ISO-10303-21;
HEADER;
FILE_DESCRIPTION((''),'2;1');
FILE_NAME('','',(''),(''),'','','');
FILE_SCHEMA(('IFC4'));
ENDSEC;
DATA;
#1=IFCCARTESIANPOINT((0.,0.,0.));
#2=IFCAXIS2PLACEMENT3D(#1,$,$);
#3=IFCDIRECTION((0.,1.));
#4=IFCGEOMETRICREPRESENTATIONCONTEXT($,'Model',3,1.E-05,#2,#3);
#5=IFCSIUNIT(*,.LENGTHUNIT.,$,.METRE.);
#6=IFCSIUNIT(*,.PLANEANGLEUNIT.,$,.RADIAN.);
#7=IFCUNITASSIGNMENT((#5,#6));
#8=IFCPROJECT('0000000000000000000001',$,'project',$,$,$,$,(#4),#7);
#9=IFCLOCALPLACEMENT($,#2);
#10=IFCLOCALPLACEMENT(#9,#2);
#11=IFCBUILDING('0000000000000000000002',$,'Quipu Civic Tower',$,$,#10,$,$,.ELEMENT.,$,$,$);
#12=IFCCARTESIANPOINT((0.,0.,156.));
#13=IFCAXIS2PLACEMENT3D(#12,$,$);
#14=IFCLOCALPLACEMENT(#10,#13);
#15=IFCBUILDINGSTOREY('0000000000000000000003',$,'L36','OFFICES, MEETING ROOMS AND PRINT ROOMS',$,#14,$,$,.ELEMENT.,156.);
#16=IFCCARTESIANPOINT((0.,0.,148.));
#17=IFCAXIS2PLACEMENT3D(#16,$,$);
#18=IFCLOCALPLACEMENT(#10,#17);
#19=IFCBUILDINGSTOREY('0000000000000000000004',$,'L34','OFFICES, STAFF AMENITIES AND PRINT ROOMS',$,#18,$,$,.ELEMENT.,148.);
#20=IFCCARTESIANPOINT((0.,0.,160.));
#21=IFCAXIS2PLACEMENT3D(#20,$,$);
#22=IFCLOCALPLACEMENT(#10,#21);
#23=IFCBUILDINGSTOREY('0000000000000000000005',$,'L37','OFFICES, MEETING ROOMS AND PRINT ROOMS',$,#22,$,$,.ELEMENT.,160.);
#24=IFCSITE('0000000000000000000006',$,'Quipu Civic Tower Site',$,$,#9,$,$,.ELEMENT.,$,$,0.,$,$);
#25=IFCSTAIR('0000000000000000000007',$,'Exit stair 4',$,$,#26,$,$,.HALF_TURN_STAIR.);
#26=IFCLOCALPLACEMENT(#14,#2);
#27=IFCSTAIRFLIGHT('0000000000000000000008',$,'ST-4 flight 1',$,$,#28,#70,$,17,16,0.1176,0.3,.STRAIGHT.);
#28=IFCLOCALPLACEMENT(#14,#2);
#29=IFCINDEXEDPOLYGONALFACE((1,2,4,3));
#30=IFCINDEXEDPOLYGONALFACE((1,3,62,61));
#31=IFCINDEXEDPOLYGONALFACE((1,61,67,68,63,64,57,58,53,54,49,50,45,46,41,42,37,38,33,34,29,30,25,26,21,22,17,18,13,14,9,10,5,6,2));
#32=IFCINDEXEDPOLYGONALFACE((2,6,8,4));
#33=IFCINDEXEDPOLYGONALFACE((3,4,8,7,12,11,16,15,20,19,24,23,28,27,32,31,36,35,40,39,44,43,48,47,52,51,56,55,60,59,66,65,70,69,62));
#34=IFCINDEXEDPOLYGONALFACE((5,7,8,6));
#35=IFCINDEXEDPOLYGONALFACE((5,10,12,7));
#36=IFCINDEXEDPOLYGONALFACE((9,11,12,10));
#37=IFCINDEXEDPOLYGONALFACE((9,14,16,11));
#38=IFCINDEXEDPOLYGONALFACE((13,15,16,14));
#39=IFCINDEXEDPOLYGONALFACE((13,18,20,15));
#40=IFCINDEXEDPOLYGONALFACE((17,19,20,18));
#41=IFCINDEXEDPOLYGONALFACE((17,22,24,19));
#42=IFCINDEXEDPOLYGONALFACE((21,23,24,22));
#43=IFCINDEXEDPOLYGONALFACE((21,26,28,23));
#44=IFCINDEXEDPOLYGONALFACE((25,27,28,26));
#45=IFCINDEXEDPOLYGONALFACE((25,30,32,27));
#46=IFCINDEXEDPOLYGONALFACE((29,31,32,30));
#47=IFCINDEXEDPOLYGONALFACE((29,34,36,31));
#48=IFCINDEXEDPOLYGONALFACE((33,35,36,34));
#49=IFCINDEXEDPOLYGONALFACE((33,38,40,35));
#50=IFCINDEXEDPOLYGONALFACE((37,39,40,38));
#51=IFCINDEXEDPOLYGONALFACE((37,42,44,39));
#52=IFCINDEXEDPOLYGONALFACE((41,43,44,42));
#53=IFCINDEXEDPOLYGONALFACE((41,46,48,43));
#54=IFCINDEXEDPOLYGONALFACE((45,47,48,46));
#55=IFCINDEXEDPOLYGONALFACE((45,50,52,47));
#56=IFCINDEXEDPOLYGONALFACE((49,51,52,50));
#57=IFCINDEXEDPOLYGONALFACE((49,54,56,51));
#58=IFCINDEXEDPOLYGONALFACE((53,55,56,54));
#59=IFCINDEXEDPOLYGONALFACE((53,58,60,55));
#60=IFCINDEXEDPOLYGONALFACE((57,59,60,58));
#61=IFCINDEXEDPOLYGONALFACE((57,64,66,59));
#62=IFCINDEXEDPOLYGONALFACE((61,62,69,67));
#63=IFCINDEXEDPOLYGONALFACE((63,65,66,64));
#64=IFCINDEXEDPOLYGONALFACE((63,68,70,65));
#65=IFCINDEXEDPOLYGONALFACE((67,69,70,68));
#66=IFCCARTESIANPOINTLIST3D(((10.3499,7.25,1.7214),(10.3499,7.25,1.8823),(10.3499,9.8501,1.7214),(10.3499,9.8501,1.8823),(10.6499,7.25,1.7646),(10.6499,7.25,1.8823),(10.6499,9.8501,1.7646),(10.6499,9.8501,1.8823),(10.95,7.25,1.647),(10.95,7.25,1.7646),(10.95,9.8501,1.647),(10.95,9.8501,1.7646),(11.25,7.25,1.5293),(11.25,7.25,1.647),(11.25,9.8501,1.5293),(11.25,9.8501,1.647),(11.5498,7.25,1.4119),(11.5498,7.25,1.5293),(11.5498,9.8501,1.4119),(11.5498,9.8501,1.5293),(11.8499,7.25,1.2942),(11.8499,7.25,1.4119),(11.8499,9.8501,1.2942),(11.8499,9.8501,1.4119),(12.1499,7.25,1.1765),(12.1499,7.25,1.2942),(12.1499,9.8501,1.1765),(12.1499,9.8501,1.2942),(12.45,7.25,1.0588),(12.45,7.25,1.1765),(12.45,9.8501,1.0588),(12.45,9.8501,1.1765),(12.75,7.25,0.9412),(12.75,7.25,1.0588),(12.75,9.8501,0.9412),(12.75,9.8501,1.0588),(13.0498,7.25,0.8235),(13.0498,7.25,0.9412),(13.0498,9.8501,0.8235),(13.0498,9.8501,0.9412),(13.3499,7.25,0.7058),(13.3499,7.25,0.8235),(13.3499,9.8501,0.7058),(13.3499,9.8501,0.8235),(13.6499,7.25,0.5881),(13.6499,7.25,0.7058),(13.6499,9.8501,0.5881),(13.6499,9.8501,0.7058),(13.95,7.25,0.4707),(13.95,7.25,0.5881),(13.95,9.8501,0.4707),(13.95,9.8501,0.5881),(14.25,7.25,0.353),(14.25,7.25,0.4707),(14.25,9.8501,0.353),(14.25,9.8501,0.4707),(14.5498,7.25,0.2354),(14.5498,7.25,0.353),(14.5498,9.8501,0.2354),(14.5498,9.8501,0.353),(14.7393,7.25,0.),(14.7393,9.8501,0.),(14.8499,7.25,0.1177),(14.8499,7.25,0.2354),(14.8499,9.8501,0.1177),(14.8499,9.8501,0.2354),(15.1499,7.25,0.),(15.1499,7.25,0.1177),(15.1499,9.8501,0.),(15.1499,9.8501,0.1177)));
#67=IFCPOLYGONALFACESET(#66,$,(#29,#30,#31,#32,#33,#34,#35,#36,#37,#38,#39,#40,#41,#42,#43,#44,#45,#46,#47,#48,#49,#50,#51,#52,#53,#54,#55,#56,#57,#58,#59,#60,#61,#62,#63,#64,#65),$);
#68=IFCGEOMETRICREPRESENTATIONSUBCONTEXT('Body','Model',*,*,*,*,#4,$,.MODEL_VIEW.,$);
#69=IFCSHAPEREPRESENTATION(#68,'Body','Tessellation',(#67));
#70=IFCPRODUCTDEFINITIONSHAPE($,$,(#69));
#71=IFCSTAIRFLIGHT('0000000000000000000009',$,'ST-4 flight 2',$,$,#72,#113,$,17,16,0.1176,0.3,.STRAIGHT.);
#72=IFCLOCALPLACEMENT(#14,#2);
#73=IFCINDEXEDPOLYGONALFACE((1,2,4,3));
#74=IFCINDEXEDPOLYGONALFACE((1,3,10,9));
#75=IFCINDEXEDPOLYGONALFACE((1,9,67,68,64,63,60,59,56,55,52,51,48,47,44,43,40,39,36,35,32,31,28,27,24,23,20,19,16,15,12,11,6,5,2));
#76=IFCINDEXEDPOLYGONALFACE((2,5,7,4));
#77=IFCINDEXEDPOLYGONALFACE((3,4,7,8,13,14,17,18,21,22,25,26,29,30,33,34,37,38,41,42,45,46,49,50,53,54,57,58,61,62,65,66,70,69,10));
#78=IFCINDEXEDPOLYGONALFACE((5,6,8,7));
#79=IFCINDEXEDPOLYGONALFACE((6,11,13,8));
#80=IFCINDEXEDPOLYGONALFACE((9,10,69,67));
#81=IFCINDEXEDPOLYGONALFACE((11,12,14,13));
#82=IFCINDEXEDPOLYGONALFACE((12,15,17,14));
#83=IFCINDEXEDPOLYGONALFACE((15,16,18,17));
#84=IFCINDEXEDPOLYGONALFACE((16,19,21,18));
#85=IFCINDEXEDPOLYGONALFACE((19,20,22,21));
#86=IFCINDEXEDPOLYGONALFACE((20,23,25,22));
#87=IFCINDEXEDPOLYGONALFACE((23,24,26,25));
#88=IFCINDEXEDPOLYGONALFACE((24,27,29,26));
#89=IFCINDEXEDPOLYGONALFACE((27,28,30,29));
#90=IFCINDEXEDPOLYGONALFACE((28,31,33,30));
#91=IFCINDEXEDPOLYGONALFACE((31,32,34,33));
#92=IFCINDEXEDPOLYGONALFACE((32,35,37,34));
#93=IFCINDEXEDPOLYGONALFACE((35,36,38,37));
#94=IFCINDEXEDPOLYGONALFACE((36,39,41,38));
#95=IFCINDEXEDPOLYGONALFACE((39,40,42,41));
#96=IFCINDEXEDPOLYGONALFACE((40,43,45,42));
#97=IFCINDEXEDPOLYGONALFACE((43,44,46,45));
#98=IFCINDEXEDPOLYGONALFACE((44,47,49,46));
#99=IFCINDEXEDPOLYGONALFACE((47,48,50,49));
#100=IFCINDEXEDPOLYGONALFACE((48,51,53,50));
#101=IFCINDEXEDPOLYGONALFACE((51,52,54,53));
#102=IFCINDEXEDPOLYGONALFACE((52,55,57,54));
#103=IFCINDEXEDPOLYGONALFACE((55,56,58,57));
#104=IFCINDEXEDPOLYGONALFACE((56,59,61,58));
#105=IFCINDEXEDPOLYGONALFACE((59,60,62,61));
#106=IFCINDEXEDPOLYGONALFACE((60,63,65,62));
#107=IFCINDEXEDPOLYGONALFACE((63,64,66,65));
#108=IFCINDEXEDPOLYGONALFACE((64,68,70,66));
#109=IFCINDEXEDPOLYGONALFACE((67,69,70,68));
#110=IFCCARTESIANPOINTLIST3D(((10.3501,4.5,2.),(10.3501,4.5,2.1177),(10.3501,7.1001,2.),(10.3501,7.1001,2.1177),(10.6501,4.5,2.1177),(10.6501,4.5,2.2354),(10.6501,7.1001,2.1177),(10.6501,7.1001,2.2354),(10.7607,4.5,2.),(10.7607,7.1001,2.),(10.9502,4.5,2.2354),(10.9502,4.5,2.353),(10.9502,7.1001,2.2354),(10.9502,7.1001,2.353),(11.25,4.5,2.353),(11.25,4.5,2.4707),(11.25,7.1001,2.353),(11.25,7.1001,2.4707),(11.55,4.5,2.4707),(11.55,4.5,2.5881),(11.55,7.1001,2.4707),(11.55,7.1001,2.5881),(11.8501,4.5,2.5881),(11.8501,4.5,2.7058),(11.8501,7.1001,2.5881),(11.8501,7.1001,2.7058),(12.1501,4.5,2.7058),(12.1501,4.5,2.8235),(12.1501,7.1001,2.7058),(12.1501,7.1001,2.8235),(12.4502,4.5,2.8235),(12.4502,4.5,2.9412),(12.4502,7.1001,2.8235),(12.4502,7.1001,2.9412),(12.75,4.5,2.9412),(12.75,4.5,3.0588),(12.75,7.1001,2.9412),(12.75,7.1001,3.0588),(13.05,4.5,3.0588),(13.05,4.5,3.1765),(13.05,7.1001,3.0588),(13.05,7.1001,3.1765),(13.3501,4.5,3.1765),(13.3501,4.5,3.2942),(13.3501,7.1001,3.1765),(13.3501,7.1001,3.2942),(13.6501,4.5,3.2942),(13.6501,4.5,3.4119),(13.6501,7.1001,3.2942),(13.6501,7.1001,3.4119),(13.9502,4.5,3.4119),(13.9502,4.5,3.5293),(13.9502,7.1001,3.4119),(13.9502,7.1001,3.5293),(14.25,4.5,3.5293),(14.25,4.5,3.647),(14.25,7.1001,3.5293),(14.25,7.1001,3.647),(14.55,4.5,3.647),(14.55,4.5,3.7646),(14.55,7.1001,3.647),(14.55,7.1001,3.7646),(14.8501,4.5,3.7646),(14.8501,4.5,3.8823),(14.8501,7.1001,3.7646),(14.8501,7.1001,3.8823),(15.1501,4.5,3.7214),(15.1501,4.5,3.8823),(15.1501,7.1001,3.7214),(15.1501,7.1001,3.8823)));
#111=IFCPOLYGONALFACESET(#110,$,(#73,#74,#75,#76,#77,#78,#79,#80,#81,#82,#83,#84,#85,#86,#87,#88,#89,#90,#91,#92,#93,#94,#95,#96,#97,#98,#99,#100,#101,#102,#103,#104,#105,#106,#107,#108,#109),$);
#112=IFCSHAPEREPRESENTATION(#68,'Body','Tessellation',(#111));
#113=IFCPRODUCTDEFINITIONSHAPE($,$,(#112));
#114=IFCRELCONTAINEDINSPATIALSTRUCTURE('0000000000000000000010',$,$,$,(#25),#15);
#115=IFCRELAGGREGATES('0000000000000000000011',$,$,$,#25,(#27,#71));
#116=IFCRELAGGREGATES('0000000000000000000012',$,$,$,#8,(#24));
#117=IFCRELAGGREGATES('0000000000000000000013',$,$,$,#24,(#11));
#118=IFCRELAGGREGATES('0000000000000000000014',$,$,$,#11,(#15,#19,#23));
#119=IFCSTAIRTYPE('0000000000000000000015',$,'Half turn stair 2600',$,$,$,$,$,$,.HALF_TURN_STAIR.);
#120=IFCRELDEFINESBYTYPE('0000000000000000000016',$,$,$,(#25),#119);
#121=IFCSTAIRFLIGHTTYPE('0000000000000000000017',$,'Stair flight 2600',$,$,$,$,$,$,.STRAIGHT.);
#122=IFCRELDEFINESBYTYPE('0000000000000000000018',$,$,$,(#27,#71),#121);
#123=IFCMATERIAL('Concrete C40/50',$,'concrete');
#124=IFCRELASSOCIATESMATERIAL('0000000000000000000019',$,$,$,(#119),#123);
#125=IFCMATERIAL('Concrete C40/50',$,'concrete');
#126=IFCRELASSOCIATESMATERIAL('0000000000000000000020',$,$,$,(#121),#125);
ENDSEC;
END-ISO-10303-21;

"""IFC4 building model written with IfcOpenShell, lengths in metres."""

from ifc_helpers import new_model, si_unit, direction, frame, origin, place, context, subcontext, project, spatial, polyline, outline, extrude, material, type_object, element, aggregate, save


model = new_model("IFC4")

# Units and contexts
model_context = context("Model", 3, precision=1e-05, world=origin(), true_north=direction((0.0, 1.0)))
body_context = subcontext(model_context, "Body", "Model", "MODEL_VIEW")
ifc_project = project(units=[si_unit("LENGTHUNIT", "METRE"), si_unit("PLANEANGLEUNIT", "RADIAN")], contexts=[model_context])

# Site, building, storey
site_placement = place(None, origin())
site = spatial("IfcSite", under=ifc_project, at=site_placement, Name="Quipu Civic Tower Site", CompositionType="ELEMENT", RefElevation=0.0)
building_placement = place(site_placement, origin())
building = spatial("IfcBuilding", under=site, at=building_placement, Name="Quipu Civic Tower", CompositionType="ELEMENT")
storey_1_placement = place(building_placement, frame((0.0, 0.0, 156.0)))
storey_1 = spatial("IfcBuildingStorey", under=building, at=storey_1_placement, Name="L36", Description="OFFICES, MEETING ROOMS AND PRINT ROOMS", CompositionType="ELEMENT", Elevation=156.0)

# Shared definitions
storey_2_placement = place(building_placement, frame((0.0, 0.0, 148.0)))
storey_2 = spatial("IfcBuildingStorey", under=building, at=storey_2_placement, Name="L34", Description="OFFICES, STAFF AMENITIES AND PRINT ROOMS", CompositionType="ELEMENT", Elevation=148.0)

# Shared definitions
storey_3_placement = place(building_placement, frame((0.0, 0.0, 160.0)))
storey_3 = spatial("IfcBuildingStorey", under=building, at=storey_3_placement, Name="L37", Description="OFFICES, MEETING ROOMS AND PRINT ROOMS", CompositionType="ELEMENT", Elevation=160.0)

# Stair, stair flights
ifc_material_1 = material(Name="Concrete C40/50", Category="concrete")
stair_type = type_object("IfcStairType", Name="Half turn stair 2600", PredefinedType="HALF_TURN_STAIR", material=ifc_material_1)
stair_placement = place(storey_1_placement, origin())
stair = element("IfcStair", 1, at=stair_placement, inside=storey_1, type_object=stair_type, Name="Exit stair 4", PredefinedType="HALF_TURN_STAIR")
ifc_material_2 = material(Name="Concrete C40/50", Category="concrete")
stair_flight_type = type_object("IfcStairFlightType", Name="Stair flight 2600", PredefinedType="STRAIGHT", material=ifc_material_2)
stair_flight_1_placement = place(storey_1_placement, frame((15.1499, 8.55, 0.0), z_axis=(0.0, 0.0, 1.0), x_axis=(-1.0, 0.0, 0.0)))
stair_flight_1 = element("IfcStairFlight", 2, at=stair_flight_1_placement, type_object=stair_flight_type, Name="ST-4 flight 1", NumberOfRisers=17, NumberOfTreads=16, PredefinedType="STRAIGHT", RiserHeight=0.1176, TreadLength=0.3, context=body_context, shape_type="SweptSolid", body=[
    extrude(outline(polyline([(0.0, 0.0), (0.0, 0.1177), (0.3, 0.1177), (0.3, 0.2354), (0.6001, 0.2354), (0.6001, 0.353), (0.8999, 0.353), (0.8999, 0.4707), (1.2, 0.4707), (1.2, 0.5881), (1.5, 0.5881), (1.5, 0.7058), (1.8, 0.7058), (1.8, 0.8235), (2.1001, 0.8235), (2.1001, 0.9412), (2.3999, 0.9412), (2.3999, 1.0588), (2.7, 1.0588), (2.7, 1.1765), (3.0, 1.1765), (3.0, 1.2942), (3.3, 1.2942), (3.3, 1.4119), (3.6001, 1.4119), (3.6001, 1.5293), (3.8999, 1.5293), (3.8999, 1.647), (4.2, 1.647), (4.2, 1.7646), (4.5, 1.7646), (4.5, 1.8823), (4.8, 1.8823), (4.8, 2.0), (4.8, 1.7214), (0.4106, 0.0), (0.0, 0.0)])), frame((0.0, 1.3, 0.0), z_axis=(0.0, -1.0, 0.0), x_axis=(1.0, 0.0, 0.0)), (0.0, 0.0, 1.0), 2.6001),
])
stair_flight_2_placement = place(storey_1_placement, frame((10.3501, 5.8, 2.0), z_axis=(0.0, 0.0, 1.0), x_axis=(1.0, 0.0, 0.0)))
stair_flight_2 = element("IfcStairFlight", 3, at=stair_flight_2_placement, type_object=stair_flight_type, Name="ST-4 flight 2", NumberOfRisers=17, NumberOfTreads=16, PredefinedType="STRAIGHT", RiserHeight=0.1176, TreadLength=0.3, context=body_context, shape_type="SweptSolid", body=[
    extrude(outline(polyline([(0.0, 0.0), (0.0, 0.1177), (0.3, 0.1177), (0.3, 0.2354), (0.6001, 0.2354), (0.6001, 0.353), (0.8999, 0.353), (0.8999, 0.4707), (1.2, 0.4707), (1.2, 0.5881), (1.5, 0.5881), (1.5, 0.7058), (1.8, 0.7058), (1.8, 0.8235), (2.1001, 0.8235), (2.1001, 0.9412), (2.3999, 0.9412), (2.3999, 1.0588), (2.7, 1.0588), (2.7, 1.1765), (3.0, 1.1765), (3.0, 1.2942), (3.3, 1.2942), (3.3, 1.4119), (3.6001, 1.4119), (3.6001, 1.5293), (3.8999, 1.5293), (3.8999, 1.647), (4.2, 1.647), (4.2, 1.7646), (4.5, 1.7646), (4.5, 1.8823), (4.8, 1.8823), (4.8, 2.0), (4.8, 1.7214), (0.4106, 0.0), (0.0, 0.0)])), frame((0.0, 1.3, 0.0), z_axis=(0.0, -1.0, 0.0), x_axis=(1.0, 0.0, 0.0)), (0.0, 0.0, 1.0), 2.6001),
])
aggregate(stair, [stair_flight_1, stair_flight_2])

save(model, "model.ifc")
